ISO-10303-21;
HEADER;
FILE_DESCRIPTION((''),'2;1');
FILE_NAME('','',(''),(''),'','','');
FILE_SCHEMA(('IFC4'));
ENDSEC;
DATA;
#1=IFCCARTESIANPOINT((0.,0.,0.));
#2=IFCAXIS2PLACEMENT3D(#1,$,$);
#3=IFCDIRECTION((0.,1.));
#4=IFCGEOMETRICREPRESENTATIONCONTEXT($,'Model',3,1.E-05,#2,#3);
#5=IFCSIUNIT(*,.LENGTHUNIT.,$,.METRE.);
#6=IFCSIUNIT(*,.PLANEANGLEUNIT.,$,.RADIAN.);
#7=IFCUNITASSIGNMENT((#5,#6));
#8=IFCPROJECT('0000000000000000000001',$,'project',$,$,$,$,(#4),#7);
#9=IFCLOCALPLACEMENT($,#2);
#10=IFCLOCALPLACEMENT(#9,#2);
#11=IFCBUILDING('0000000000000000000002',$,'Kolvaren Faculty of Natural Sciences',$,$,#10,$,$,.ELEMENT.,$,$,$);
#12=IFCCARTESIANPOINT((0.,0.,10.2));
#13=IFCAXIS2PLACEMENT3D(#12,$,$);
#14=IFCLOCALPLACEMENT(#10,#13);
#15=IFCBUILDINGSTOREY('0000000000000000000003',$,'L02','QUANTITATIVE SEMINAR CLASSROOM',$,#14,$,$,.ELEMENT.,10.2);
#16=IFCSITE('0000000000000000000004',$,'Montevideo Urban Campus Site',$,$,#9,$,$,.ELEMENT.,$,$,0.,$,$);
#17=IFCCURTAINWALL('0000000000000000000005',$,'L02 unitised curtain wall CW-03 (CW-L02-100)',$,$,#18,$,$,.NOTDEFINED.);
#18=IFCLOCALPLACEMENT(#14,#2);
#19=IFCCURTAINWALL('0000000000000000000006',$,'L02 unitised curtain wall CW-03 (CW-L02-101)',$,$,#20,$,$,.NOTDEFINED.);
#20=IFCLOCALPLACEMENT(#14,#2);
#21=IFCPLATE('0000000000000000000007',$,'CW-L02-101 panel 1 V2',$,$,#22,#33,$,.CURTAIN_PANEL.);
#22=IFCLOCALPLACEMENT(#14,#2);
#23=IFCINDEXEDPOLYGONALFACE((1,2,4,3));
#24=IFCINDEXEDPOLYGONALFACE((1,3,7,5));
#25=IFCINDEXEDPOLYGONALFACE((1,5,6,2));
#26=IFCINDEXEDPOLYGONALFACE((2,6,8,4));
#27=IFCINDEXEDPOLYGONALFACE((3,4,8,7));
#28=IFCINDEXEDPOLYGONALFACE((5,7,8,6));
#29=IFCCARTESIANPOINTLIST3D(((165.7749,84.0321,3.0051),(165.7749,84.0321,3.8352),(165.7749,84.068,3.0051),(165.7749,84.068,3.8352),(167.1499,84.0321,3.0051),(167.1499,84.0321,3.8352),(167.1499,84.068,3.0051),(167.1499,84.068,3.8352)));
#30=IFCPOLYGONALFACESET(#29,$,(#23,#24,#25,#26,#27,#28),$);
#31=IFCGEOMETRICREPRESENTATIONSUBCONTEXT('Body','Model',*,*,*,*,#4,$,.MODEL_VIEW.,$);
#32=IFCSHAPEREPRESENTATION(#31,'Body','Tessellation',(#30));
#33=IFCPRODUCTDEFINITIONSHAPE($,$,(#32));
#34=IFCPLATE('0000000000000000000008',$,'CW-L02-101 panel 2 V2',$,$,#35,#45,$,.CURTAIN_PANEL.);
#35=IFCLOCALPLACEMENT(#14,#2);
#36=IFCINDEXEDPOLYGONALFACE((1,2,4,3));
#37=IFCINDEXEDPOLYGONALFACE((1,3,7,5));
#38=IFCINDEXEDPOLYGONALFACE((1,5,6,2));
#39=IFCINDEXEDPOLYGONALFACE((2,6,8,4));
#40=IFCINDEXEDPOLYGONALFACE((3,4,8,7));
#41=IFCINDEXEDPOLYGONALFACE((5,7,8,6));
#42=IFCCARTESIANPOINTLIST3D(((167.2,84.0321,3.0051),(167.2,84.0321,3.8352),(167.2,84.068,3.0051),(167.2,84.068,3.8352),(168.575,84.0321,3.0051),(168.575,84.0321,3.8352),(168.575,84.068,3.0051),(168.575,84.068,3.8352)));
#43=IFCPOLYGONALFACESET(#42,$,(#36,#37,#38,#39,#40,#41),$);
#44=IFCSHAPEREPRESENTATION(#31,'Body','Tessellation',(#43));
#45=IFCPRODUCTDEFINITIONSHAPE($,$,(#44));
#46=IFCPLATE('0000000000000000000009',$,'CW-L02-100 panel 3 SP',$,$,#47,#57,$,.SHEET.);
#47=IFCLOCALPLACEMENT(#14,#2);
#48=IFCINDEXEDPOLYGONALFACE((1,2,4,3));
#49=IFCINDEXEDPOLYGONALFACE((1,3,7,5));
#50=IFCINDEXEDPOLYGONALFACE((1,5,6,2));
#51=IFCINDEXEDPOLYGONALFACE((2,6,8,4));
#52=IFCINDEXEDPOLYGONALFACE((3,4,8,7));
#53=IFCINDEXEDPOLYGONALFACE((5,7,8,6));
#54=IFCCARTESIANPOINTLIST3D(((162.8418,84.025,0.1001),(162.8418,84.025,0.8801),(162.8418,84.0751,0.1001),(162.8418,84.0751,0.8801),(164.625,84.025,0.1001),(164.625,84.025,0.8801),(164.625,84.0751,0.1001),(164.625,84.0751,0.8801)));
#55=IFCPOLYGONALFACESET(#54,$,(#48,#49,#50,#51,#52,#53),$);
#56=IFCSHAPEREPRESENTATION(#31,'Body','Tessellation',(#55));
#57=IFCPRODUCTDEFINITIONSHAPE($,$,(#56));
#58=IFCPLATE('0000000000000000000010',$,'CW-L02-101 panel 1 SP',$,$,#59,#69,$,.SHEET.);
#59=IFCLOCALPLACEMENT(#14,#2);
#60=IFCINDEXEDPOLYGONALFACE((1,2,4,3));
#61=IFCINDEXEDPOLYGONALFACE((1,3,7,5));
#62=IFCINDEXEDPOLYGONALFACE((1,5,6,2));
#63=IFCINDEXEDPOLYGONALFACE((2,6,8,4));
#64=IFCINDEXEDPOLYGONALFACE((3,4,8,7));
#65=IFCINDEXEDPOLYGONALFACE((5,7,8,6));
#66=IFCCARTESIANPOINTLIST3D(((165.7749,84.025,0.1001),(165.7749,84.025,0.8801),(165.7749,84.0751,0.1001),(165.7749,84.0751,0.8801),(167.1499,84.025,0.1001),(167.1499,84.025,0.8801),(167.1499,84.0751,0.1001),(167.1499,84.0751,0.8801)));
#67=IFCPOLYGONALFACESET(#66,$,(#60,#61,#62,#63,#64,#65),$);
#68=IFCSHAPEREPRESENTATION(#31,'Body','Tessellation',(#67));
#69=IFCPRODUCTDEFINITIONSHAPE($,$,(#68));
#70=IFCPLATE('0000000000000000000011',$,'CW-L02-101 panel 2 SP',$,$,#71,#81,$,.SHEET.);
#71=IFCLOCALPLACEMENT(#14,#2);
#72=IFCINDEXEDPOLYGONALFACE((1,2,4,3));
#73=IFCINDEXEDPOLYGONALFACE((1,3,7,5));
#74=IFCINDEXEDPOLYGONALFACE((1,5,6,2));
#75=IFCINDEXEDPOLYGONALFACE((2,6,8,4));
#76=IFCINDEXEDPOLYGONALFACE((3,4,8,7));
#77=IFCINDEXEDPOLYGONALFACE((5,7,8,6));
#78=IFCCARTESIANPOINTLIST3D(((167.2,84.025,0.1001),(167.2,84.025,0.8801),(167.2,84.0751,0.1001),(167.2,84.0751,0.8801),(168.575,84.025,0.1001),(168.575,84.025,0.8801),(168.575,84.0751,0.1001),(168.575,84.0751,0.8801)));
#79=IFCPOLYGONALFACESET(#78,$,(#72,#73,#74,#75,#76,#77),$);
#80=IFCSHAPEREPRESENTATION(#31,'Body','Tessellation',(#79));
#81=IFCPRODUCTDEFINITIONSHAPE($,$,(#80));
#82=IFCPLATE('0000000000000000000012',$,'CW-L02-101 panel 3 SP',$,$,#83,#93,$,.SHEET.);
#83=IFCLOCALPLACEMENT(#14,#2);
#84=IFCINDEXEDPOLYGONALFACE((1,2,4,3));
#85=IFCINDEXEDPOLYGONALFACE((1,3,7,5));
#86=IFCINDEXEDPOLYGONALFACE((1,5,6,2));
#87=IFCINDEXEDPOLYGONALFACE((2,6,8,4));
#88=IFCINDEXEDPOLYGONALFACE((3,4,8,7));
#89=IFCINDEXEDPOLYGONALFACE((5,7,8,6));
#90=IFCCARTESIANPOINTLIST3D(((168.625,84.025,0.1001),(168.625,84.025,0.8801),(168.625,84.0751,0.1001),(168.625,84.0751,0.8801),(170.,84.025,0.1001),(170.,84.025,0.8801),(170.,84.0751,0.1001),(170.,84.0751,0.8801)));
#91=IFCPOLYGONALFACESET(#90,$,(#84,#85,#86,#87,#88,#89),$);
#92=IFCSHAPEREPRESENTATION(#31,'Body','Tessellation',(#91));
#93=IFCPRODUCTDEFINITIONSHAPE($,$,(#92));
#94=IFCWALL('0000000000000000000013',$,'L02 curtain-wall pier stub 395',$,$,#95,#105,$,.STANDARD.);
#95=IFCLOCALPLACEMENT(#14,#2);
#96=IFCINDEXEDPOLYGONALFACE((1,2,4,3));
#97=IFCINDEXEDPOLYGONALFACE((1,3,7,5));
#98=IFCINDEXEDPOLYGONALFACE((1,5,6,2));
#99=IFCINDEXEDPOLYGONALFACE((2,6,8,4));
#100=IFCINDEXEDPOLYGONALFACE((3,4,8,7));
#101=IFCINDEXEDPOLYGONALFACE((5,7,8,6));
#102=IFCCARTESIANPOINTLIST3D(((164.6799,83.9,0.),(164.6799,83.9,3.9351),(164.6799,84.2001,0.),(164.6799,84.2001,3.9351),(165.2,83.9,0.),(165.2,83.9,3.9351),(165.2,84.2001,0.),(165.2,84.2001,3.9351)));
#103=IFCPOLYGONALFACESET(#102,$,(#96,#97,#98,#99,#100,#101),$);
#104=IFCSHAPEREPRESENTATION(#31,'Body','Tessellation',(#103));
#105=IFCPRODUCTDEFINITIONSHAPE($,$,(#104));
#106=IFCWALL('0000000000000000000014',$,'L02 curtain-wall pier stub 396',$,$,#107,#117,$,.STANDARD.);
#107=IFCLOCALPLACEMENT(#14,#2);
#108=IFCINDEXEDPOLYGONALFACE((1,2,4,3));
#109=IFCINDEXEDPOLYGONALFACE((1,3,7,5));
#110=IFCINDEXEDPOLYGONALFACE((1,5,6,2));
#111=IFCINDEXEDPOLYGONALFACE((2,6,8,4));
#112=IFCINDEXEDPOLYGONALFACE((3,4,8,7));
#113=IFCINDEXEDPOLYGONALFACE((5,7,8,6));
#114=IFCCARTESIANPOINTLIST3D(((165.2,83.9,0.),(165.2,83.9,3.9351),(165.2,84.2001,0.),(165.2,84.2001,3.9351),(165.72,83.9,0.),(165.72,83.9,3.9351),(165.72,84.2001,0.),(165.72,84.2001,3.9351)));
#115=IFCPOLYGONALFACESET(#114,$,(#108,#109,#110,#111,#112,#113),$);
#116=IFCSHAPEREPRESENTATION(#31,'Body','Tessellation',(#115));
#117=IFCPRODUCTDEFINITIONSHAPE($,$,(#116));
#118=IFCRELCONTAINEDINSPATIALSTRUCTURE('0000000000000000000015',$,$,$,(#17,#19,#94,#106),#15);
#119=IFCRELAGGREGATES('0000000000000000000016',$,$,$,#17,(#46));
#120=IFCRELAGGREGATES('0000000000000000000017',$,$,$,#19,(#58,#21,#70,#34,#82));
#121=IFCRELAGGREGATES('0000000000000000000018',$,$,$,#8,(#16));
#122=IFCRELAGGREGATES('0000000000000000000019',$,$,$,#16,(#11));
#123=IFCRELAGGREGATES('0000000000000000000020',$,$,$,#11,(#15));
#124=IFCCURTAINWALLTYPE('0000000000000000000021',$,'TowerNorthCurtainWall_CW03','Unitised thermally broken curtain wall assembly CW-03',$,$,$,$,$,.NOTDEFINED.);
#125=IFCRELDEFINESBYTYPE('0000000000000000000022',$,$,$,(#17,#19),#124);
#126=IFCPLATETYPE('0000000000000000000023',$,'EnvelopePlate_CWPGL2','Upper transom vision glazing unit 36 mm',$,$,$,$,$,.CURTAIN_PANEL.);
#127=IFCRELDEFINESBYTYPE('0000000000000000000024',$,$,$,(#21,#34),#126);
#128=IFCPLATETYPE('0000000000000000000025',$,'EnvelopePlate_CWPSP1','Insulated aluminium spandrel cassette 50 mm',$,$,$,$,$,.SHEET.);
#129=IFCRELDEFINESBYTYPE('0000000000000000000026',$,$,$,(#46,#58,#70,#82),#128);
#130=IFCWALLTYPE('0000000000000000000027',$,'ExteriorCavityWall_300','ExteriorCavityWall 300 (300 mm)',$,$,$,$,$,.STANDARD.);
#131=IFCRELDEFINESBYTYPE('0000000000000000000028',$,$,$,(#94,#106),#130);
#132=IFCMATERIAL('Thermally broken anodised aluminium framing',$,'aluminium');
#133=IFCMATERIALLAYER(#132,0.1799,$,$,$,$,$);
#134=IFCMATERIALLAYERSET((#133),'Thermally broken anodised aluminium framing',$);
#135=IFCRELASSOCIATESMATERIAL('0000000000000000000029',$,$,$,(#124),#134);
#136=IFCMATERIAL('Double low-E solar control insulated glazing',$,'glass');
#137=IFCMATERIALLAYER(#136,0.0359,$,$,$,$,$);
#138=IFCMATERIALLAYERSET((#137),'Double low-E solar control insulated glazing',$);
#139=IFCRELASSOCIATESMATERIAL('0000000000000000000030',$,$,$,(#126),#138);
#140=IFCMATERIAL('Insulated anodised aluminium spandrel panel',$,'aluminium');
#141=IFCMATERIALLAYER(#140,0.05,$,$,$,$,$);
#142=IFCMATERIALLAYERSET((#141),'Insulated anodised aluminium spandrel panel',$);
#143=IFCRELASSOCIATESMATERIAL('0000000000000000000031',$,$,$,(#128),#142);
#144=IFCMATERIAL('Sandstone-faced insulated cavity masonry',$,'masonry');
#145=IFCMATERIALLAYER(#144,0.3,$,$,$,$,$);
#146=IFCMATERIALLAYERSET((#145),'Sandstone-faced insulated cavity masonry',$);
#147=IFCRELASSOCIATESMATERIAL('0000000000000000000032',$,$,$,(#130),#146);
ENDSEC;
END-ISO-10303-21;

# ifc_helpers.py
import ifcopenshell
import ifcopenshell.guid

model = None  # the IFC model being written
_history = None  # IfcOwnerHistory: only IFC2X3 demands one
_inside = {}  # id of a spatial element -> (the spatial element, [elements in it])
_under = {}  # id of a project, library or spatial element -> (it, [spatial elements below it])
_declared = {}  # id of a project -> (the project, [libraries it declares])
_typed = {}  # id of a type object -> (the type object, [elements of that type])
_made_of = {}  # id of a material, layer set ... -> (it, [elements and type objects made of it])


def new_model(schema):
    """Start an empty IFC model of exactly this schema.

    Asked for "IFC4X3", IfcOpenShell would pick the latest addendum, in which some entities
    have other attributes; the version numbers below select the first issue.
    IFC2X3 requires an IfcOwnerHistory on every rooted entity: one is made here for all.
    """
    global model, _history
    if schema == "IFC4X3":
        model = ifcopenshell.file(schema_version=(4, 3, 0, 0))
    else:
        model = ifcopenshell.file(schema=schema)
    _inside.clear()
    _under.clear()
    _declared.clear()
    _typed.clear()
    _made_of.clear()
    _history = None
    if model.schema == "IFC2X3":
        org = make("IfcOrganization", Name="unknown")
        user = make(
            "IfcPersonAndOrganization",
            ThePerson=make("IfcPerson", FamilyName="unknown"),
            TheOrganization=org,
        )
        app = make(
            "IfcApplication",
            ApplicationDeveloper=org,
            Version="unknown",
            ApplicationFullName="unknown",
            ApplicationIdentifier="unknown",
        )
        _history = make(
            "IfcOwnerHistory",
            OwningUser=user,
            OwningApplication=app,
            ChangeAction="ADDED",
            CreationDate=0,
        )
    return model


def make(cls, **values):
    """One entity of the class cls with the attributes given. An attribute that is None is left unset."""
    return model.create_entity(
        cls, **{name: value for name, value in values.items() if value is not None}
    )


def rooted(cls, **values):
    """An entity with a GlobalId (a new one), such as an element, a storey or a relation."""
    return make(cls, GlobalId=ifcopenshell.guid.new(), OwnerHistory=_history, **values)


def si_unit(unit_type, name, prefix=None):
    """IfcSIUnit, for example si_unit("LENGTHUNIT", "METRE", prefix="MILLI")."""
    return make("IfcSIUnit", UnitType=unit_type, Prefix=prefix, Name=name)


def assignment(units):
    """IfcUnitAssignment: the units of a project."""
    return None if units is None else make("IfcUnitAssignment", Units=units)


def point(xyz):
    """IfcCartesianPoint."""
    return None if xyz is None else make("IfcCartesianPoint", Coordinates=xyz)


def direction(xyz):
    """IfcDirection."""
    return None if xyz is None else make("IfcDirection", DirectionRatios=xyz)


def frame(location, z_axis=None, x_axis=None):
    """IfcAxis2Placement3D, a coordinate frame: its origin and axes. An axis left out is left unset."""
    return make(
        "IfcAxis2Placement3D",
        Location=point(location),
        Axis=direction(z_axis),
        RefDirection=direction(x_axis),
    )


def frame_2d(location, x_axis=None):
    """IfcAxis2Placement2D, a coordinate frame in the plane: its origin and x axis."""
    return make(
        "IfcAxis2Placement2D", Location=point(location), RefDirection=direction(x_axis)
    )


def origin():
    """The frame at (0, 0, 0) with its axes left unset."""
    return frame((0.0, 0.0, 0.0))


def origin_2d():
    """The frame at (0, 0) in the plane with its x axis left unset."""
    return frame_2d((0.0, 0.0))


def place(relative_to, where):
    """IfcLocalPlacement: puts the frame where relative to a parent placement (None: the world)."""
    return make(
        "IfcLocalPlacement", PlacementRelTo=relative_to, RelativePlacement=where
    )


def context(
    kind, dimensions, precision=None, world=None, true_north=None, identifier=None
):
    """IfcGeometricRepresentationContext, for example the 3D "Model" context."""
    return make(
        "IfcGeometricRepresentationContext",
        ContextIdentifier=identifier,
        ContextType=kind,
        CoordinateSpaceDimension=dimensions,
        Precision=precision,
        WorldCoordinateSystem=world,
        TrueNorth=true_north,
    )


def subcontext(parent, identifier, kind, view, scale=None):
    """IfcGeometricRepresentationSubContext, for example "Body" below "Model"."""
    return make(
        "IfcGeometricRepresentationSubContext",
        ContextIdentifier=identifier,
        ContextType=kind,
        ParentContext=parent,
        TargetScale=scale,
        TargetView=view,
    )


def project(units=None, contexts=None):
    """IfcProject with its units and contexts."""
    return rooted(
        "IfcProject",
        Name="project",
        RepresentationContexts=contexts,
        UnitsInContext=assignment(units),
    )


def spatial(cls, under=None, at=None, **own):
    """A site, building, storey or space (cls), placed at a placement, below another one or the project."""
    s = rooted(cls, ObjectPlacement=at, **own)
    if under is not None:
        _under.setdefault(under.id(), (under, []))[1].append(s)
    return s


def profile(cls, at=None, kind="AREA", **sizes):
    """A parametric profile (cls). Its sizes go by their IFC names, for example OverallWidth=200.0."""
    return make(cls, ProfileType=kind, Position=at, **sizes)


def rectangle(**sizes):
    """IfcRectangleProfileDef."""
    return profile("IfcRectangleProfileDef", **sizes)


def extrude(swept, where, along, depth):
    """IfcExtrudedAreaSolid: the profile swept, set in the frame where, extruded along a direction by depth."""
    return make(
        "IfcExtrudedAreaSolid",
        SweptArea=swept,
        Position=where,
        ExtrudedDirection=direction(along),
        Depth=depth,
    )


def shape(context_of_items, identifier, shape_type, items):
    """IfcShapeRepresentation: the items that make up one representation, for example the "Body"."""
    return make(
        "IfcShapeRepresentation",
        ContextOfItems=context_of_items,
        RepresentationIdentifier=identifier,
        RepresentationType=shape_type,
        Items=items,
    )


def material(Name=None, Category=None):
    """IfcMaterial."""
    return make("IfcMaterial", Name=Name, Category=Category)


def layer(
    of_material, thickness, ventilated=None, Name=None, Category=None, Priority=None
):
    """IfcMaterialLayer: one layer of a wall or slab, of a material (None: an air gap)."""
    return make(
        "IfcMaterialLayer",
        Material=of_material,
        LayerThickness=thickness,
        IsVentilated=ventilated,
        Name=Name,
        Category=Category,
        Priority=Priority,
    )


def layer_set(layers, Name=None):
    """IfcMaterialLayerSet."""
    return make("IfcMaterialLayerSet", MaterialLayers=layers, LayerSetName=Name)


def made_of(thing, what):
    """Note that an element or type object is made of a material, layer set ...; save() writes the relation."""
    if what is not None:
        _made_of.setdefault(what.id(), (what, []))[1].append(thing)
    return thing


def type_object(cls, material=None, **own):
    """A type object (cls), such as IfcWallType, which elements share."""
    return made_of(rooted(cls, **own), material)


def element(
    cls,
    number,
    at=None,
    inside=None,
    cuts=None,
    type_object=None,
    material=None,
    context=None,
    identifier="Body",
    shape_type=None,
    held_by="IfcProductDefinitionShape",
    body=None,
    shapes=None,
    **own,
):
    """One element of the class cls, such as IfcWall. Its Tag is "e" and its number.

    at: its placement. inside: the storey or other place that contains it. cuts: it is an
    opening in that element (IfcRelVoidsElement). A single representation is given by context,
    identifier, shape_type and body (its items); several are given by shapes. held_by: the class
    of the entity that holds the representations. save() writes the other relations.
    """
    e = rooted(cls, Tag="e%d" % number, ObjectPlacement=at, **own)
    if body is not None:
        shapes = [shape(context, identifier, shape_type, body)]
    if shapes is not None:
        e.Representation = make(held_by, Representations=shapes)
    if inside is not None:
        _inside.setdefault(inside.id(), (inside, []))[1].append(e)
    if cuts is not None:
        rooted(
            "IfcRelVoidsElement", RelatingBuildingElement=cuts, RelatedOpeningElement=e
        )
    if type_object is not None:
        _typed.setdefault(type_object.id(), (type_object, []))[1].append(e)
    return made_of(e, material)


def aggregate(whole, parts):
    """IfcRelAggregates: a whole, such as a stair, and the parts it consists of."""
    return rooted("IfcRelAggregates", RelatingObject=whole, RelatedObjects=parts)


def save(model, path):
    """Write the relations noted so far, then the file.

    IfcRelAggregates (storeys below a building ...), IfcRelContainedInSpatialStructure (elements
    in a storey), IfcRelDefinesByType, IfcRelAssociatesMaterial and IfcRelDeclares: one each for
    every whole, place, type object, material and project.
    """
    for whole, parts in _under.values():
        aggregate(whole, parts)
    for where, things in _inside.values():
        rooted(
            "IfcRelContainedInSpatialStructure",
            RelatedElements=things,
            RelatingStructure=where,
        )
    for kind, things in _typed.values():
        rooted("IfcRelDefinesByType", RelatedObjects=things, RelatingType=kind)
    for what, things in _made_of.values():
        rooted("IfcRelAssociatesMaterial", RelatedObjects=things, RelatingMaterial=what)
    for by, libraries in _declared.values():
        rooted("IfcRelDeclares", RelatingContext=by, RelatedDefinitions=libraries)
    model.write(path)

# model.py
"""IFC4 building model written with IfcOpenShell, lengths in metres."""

from ifc_helpers import new_model, si_unit, direction, frame, frame_2d, origin, origin_2d, place, context, subcontext, project, spatial, rectangle, extrude, material, layer, layer_set, type_object, element, aggregate, save


model = new_model("IFC4")

# Units and contexts
model_context = context("Model", 3, precision=1e-05, world=origin(), true_north=direction((0.0, 1.0)))
body_context = subcontext(model_context, "Body", "Model", "MODEL_VIEW")
ifc_project = project(units=[si_unit("LENGTHUNIT", "METRE"), si_unit("PLANEANGLEUNIT", "RADIAN")], contexts=[model_context])

# Site, building, storey
site_placement = place(None, origin())
site = spatial("IfcSite", under=ifc_project, at=site_placement, Name="Montevideo Urban Campus Site", CompositionType="ELEMENT", RefElevation=0.0)
building_placement = place(site_placement, origin())
building = spatial("IfcBuilding", under=site, at=building_placement, Name="Kolvaren Faculty of Natural Sciences", CompositionType="ELEMENT")
storey_placement = place(building_placement, frame((0.0, 0.0, 10.2)))
storey = spatial("IfcBuildingStorey", under=building, at=storey_placement, Name="L02", Description="QUANTITATIVE SEMINAR CLASSROOM", CompositionType="ELEMENT", Elevation=10.2)

# Curtain wall
ifc_material_1 = material(Name="Thermally broken anodised aluminium framing", Category="aluminium")
ifc_layer_1 = layer(ifc_material_1, 0.1799)
ifc_layer_set_1 = layer_set([ifc_layer_1], Name="Thermally broken anodised aluminium framing")
curtain_wall_type = type_object("IfcCurtainWallType", Name="TowerNorthCurtainWall_CW03", Description="Unitised thermally broken curtain wall assembly CW-03", PredefinedType="NOTDEFINED", material=ifc_layer_set_1)
curtain_wall_1_placement = place(storey_placement, origin())
curtain_wall_1 = element("IfcCurtainWall", 1, at=curtain_wall_1_placement, inside=storey, type_object=curtain_wall_type, Name="L02 unitised curtain wall CW-03 (CW-L02-100)", PredefinedType="NOTDEFINED")

# Curtain wall
curtain_wall_2_placement = place(storey_placement, origin())
curtain_wall_2 = element("IfcCurtainWall", 2, at=curtain_wall_2_placement, inside=storey, type_object=curtain_wall_type, Name="L02 unitised curtain wall CW-03 (CW-L02-101)", PredefinedType="NOTDEFINED")

# Plates
ifc_material_2 = material(Name="Double low-E solar control insulated glazing", Category="glass")
ifc_layer_2 = layer(ifc_material_2, 0.0359)
ifc_layer_set_2 = layer_set([ifc_layer_2], Name="Double low-E solar control insulated glazing")
plate_type_1 = type_object("IfcPlateType", Name="EnvelopePlate_CWPGL2", Description="Upper transom vision glazing unit 36 mm", PredefinedType="CURTAIN_PANEL", material=ifc_layer_set_2)
plate_1_placement = place(storey_placement, frame((166.4624, 84.05, 3.0051), z_axis=(0.0, 0.0, 1.0), x_axis=(1.0, 0.0, 0.0)))
plate_1 = element("IfcPlate", 3, at=plate_1_placement, type_object=plate_type_1, Name="CW-L02-101 panel 1 V2", PredefinedType="CURTAIN_PANEL", context=body_context, shape_type="SweptSolid", body=[
    extrude(rectangle(XDim=1.375, YDim=0.0359, at=origin_2d()), origin(), (0.0, 0.0, 1.0), 0.8301),
])
plate_2_placement = place(storey_placement, frame((167.8875, 84.05, 3.0051), z_axis=(0.0, 0.0, 1.0), x_axis=(1.0, 0.0, 0.0)))
plate_2 = element("IfcPlate", 4, at=plate_2_placement, type_object=plate_type_1, Name="CW-L02-101 panel 2 V2", PredefinedType="CURTAIN_PANEL", context=body_context, shape_type="SweptSolid", body=[
    extrude(rectangle(XDim=1.375, YDim=0.0359, at=origin_2d()), origin(), (0.0, 0.0, 1.0), 0.8301),
])
ifc_material_3 = material(Name="Insulated anodised aluminium spandrel panel", Category="aluminium")
ifc_layer_3 = layer(ifc_material_3, 0.05)
ifc_layer_set_3 = layer_set([ifc_layer_3], Name="Insulated anodised aluminium spandrel panel")
plate_type_2 = type_object("IfcPlateType", Name="EnvelopePlate_CWPSP1", Description="Insulated aluminium spandrel cassette 50 mm", PredefinedType="SHEET", material=ifc_layer_set_3)
plate_3_placement = place(storey_placement, frame((163.7334, 84.05, 0.1001), z_axis=(0.0, 0.0, 1.0), x_axis=(1.0, 0.0, 0.0)))
plate_3 = element("IfcPlate", 5, at=plate_3_placement, type_object=plate_type_2, Name="CW-L02-100 panel 3 SP", PredefinedType="SHEET", context=body_context, shape_type="SweptSolid", body=[
    extrude(rectangle(XDim=1.7832, YDim=0.05, at=origin_2d()), origin(), (0.0, 0.0, 1.0), 0.78),
])
aggregate(curtain_wall_1, [plate_3])
plate_4_placement = place(storey_placement, frame((166.4624, 84.05, 0.1001), z_axis=(0.0, 0.0, 1.0), x_axis=(1.0, 0.0, 0.0)))
plate_4 = element("IfcPlate", 6, at=plate_4_placement, type_object=plate_type_2, Name="CW-L02-101 panel 1 SP", PredefinedType="SHEET", context=body_context, shape_type="SweptSolid", body=[
    extrude(rectangle(XDim=1.375, YDim=0.05, at=origin_2d()), origin(), (0.0, 0.0, 1.0), 0.78),
])
plate_5_placement = place(storey_placement, frame((167.8875, 84.05, 0.1001), z_axis=(0.0, 0.0, 1.0), x_axis=(1.0, 0.0, 0.0)))
plate_5 = element("IfcPlate", 7, at=plate_5_placement, type_object=plate_type_2, Name="CW-L02-101 panel 2 SP", PredefinedType="SHEET", context=body_context, shape_type="SweptSolid", body=[
    extrude(rectangle(XDim=1.375, YDim=0.05, at=origin_2d()), origin(), (0.0, 0.0, 1.0), 0.78),
])
plate_6_placement = place(storey_placement, frame((169.3125, 84.05, 0.1001), z_axis=(0.0, 0.0, 1.0), x_axis=(1.0, 0.0, 0.0)))
plate_6 = element("IfcPlate", 8, at=plate_6_placement, type_object=plate_type_2, Name="CW-L02-101 panel 3 SP", PredefinedType="SHEET", context=body_context, shape_type="SweptSolid", body=[
    extrude(rectangle(XDim=1.375, YDim=0.05, at=origin_2d()), origin(), (0.0, 0.0, 1.0), 0.78),
])
aggregate(curtain_wall_2, [plate_4, plate_1, plate_5, plate_2, plate_6])

# Walls
ifc_material_4 = material(Name="Sandstone-faced insulated cavity masonry", Category="masonry")
ifc_layer_4 = layer(ifc_material_4, 0.3)
ifc_layer_set_4 = layer_set([ifc_layer_4], Name="Sandstone-faced insulated cavity masonry")
wall_type = type_object("IfcWallType", Name="ExteriorCavityWall_300", Description="ExteriorCavityWall 300 (300 mm)", PredefinedType="STANDARD", material=ifc_layer_set_4)
for number, where, z_axis, x_axis, name in (
    (9, (164.6799, 84.05, 0.0), (0.0, 0.0, 1.0), (1.0, 0.0, 0.0), "L02 curtain-wall pier stub 395"),
    (10, (165.2, 84.05, 0.0), (0.0, 0.0, 1.0), (1.0, 0.0, 0.0), "L02 curtain-wall pier stub 396"),
):
    element("IfcWall", number, at=place(storey_placement, frame(where, z_axis=z_axis, x_axis=x_axis)), inside=storey, type_object=wall_type, Name=name, PredefinedType="STANDARD", context=body_context, shape_type="SweptSolid", body=[
        extrude(rectangle(XDim=0.52, YDim=0.3, at=frame_2d((0.26, 0.0))), origin(), (0.0, 0.0, 1.0), 3.9351),
    ])

save(model, "model.ifc")
